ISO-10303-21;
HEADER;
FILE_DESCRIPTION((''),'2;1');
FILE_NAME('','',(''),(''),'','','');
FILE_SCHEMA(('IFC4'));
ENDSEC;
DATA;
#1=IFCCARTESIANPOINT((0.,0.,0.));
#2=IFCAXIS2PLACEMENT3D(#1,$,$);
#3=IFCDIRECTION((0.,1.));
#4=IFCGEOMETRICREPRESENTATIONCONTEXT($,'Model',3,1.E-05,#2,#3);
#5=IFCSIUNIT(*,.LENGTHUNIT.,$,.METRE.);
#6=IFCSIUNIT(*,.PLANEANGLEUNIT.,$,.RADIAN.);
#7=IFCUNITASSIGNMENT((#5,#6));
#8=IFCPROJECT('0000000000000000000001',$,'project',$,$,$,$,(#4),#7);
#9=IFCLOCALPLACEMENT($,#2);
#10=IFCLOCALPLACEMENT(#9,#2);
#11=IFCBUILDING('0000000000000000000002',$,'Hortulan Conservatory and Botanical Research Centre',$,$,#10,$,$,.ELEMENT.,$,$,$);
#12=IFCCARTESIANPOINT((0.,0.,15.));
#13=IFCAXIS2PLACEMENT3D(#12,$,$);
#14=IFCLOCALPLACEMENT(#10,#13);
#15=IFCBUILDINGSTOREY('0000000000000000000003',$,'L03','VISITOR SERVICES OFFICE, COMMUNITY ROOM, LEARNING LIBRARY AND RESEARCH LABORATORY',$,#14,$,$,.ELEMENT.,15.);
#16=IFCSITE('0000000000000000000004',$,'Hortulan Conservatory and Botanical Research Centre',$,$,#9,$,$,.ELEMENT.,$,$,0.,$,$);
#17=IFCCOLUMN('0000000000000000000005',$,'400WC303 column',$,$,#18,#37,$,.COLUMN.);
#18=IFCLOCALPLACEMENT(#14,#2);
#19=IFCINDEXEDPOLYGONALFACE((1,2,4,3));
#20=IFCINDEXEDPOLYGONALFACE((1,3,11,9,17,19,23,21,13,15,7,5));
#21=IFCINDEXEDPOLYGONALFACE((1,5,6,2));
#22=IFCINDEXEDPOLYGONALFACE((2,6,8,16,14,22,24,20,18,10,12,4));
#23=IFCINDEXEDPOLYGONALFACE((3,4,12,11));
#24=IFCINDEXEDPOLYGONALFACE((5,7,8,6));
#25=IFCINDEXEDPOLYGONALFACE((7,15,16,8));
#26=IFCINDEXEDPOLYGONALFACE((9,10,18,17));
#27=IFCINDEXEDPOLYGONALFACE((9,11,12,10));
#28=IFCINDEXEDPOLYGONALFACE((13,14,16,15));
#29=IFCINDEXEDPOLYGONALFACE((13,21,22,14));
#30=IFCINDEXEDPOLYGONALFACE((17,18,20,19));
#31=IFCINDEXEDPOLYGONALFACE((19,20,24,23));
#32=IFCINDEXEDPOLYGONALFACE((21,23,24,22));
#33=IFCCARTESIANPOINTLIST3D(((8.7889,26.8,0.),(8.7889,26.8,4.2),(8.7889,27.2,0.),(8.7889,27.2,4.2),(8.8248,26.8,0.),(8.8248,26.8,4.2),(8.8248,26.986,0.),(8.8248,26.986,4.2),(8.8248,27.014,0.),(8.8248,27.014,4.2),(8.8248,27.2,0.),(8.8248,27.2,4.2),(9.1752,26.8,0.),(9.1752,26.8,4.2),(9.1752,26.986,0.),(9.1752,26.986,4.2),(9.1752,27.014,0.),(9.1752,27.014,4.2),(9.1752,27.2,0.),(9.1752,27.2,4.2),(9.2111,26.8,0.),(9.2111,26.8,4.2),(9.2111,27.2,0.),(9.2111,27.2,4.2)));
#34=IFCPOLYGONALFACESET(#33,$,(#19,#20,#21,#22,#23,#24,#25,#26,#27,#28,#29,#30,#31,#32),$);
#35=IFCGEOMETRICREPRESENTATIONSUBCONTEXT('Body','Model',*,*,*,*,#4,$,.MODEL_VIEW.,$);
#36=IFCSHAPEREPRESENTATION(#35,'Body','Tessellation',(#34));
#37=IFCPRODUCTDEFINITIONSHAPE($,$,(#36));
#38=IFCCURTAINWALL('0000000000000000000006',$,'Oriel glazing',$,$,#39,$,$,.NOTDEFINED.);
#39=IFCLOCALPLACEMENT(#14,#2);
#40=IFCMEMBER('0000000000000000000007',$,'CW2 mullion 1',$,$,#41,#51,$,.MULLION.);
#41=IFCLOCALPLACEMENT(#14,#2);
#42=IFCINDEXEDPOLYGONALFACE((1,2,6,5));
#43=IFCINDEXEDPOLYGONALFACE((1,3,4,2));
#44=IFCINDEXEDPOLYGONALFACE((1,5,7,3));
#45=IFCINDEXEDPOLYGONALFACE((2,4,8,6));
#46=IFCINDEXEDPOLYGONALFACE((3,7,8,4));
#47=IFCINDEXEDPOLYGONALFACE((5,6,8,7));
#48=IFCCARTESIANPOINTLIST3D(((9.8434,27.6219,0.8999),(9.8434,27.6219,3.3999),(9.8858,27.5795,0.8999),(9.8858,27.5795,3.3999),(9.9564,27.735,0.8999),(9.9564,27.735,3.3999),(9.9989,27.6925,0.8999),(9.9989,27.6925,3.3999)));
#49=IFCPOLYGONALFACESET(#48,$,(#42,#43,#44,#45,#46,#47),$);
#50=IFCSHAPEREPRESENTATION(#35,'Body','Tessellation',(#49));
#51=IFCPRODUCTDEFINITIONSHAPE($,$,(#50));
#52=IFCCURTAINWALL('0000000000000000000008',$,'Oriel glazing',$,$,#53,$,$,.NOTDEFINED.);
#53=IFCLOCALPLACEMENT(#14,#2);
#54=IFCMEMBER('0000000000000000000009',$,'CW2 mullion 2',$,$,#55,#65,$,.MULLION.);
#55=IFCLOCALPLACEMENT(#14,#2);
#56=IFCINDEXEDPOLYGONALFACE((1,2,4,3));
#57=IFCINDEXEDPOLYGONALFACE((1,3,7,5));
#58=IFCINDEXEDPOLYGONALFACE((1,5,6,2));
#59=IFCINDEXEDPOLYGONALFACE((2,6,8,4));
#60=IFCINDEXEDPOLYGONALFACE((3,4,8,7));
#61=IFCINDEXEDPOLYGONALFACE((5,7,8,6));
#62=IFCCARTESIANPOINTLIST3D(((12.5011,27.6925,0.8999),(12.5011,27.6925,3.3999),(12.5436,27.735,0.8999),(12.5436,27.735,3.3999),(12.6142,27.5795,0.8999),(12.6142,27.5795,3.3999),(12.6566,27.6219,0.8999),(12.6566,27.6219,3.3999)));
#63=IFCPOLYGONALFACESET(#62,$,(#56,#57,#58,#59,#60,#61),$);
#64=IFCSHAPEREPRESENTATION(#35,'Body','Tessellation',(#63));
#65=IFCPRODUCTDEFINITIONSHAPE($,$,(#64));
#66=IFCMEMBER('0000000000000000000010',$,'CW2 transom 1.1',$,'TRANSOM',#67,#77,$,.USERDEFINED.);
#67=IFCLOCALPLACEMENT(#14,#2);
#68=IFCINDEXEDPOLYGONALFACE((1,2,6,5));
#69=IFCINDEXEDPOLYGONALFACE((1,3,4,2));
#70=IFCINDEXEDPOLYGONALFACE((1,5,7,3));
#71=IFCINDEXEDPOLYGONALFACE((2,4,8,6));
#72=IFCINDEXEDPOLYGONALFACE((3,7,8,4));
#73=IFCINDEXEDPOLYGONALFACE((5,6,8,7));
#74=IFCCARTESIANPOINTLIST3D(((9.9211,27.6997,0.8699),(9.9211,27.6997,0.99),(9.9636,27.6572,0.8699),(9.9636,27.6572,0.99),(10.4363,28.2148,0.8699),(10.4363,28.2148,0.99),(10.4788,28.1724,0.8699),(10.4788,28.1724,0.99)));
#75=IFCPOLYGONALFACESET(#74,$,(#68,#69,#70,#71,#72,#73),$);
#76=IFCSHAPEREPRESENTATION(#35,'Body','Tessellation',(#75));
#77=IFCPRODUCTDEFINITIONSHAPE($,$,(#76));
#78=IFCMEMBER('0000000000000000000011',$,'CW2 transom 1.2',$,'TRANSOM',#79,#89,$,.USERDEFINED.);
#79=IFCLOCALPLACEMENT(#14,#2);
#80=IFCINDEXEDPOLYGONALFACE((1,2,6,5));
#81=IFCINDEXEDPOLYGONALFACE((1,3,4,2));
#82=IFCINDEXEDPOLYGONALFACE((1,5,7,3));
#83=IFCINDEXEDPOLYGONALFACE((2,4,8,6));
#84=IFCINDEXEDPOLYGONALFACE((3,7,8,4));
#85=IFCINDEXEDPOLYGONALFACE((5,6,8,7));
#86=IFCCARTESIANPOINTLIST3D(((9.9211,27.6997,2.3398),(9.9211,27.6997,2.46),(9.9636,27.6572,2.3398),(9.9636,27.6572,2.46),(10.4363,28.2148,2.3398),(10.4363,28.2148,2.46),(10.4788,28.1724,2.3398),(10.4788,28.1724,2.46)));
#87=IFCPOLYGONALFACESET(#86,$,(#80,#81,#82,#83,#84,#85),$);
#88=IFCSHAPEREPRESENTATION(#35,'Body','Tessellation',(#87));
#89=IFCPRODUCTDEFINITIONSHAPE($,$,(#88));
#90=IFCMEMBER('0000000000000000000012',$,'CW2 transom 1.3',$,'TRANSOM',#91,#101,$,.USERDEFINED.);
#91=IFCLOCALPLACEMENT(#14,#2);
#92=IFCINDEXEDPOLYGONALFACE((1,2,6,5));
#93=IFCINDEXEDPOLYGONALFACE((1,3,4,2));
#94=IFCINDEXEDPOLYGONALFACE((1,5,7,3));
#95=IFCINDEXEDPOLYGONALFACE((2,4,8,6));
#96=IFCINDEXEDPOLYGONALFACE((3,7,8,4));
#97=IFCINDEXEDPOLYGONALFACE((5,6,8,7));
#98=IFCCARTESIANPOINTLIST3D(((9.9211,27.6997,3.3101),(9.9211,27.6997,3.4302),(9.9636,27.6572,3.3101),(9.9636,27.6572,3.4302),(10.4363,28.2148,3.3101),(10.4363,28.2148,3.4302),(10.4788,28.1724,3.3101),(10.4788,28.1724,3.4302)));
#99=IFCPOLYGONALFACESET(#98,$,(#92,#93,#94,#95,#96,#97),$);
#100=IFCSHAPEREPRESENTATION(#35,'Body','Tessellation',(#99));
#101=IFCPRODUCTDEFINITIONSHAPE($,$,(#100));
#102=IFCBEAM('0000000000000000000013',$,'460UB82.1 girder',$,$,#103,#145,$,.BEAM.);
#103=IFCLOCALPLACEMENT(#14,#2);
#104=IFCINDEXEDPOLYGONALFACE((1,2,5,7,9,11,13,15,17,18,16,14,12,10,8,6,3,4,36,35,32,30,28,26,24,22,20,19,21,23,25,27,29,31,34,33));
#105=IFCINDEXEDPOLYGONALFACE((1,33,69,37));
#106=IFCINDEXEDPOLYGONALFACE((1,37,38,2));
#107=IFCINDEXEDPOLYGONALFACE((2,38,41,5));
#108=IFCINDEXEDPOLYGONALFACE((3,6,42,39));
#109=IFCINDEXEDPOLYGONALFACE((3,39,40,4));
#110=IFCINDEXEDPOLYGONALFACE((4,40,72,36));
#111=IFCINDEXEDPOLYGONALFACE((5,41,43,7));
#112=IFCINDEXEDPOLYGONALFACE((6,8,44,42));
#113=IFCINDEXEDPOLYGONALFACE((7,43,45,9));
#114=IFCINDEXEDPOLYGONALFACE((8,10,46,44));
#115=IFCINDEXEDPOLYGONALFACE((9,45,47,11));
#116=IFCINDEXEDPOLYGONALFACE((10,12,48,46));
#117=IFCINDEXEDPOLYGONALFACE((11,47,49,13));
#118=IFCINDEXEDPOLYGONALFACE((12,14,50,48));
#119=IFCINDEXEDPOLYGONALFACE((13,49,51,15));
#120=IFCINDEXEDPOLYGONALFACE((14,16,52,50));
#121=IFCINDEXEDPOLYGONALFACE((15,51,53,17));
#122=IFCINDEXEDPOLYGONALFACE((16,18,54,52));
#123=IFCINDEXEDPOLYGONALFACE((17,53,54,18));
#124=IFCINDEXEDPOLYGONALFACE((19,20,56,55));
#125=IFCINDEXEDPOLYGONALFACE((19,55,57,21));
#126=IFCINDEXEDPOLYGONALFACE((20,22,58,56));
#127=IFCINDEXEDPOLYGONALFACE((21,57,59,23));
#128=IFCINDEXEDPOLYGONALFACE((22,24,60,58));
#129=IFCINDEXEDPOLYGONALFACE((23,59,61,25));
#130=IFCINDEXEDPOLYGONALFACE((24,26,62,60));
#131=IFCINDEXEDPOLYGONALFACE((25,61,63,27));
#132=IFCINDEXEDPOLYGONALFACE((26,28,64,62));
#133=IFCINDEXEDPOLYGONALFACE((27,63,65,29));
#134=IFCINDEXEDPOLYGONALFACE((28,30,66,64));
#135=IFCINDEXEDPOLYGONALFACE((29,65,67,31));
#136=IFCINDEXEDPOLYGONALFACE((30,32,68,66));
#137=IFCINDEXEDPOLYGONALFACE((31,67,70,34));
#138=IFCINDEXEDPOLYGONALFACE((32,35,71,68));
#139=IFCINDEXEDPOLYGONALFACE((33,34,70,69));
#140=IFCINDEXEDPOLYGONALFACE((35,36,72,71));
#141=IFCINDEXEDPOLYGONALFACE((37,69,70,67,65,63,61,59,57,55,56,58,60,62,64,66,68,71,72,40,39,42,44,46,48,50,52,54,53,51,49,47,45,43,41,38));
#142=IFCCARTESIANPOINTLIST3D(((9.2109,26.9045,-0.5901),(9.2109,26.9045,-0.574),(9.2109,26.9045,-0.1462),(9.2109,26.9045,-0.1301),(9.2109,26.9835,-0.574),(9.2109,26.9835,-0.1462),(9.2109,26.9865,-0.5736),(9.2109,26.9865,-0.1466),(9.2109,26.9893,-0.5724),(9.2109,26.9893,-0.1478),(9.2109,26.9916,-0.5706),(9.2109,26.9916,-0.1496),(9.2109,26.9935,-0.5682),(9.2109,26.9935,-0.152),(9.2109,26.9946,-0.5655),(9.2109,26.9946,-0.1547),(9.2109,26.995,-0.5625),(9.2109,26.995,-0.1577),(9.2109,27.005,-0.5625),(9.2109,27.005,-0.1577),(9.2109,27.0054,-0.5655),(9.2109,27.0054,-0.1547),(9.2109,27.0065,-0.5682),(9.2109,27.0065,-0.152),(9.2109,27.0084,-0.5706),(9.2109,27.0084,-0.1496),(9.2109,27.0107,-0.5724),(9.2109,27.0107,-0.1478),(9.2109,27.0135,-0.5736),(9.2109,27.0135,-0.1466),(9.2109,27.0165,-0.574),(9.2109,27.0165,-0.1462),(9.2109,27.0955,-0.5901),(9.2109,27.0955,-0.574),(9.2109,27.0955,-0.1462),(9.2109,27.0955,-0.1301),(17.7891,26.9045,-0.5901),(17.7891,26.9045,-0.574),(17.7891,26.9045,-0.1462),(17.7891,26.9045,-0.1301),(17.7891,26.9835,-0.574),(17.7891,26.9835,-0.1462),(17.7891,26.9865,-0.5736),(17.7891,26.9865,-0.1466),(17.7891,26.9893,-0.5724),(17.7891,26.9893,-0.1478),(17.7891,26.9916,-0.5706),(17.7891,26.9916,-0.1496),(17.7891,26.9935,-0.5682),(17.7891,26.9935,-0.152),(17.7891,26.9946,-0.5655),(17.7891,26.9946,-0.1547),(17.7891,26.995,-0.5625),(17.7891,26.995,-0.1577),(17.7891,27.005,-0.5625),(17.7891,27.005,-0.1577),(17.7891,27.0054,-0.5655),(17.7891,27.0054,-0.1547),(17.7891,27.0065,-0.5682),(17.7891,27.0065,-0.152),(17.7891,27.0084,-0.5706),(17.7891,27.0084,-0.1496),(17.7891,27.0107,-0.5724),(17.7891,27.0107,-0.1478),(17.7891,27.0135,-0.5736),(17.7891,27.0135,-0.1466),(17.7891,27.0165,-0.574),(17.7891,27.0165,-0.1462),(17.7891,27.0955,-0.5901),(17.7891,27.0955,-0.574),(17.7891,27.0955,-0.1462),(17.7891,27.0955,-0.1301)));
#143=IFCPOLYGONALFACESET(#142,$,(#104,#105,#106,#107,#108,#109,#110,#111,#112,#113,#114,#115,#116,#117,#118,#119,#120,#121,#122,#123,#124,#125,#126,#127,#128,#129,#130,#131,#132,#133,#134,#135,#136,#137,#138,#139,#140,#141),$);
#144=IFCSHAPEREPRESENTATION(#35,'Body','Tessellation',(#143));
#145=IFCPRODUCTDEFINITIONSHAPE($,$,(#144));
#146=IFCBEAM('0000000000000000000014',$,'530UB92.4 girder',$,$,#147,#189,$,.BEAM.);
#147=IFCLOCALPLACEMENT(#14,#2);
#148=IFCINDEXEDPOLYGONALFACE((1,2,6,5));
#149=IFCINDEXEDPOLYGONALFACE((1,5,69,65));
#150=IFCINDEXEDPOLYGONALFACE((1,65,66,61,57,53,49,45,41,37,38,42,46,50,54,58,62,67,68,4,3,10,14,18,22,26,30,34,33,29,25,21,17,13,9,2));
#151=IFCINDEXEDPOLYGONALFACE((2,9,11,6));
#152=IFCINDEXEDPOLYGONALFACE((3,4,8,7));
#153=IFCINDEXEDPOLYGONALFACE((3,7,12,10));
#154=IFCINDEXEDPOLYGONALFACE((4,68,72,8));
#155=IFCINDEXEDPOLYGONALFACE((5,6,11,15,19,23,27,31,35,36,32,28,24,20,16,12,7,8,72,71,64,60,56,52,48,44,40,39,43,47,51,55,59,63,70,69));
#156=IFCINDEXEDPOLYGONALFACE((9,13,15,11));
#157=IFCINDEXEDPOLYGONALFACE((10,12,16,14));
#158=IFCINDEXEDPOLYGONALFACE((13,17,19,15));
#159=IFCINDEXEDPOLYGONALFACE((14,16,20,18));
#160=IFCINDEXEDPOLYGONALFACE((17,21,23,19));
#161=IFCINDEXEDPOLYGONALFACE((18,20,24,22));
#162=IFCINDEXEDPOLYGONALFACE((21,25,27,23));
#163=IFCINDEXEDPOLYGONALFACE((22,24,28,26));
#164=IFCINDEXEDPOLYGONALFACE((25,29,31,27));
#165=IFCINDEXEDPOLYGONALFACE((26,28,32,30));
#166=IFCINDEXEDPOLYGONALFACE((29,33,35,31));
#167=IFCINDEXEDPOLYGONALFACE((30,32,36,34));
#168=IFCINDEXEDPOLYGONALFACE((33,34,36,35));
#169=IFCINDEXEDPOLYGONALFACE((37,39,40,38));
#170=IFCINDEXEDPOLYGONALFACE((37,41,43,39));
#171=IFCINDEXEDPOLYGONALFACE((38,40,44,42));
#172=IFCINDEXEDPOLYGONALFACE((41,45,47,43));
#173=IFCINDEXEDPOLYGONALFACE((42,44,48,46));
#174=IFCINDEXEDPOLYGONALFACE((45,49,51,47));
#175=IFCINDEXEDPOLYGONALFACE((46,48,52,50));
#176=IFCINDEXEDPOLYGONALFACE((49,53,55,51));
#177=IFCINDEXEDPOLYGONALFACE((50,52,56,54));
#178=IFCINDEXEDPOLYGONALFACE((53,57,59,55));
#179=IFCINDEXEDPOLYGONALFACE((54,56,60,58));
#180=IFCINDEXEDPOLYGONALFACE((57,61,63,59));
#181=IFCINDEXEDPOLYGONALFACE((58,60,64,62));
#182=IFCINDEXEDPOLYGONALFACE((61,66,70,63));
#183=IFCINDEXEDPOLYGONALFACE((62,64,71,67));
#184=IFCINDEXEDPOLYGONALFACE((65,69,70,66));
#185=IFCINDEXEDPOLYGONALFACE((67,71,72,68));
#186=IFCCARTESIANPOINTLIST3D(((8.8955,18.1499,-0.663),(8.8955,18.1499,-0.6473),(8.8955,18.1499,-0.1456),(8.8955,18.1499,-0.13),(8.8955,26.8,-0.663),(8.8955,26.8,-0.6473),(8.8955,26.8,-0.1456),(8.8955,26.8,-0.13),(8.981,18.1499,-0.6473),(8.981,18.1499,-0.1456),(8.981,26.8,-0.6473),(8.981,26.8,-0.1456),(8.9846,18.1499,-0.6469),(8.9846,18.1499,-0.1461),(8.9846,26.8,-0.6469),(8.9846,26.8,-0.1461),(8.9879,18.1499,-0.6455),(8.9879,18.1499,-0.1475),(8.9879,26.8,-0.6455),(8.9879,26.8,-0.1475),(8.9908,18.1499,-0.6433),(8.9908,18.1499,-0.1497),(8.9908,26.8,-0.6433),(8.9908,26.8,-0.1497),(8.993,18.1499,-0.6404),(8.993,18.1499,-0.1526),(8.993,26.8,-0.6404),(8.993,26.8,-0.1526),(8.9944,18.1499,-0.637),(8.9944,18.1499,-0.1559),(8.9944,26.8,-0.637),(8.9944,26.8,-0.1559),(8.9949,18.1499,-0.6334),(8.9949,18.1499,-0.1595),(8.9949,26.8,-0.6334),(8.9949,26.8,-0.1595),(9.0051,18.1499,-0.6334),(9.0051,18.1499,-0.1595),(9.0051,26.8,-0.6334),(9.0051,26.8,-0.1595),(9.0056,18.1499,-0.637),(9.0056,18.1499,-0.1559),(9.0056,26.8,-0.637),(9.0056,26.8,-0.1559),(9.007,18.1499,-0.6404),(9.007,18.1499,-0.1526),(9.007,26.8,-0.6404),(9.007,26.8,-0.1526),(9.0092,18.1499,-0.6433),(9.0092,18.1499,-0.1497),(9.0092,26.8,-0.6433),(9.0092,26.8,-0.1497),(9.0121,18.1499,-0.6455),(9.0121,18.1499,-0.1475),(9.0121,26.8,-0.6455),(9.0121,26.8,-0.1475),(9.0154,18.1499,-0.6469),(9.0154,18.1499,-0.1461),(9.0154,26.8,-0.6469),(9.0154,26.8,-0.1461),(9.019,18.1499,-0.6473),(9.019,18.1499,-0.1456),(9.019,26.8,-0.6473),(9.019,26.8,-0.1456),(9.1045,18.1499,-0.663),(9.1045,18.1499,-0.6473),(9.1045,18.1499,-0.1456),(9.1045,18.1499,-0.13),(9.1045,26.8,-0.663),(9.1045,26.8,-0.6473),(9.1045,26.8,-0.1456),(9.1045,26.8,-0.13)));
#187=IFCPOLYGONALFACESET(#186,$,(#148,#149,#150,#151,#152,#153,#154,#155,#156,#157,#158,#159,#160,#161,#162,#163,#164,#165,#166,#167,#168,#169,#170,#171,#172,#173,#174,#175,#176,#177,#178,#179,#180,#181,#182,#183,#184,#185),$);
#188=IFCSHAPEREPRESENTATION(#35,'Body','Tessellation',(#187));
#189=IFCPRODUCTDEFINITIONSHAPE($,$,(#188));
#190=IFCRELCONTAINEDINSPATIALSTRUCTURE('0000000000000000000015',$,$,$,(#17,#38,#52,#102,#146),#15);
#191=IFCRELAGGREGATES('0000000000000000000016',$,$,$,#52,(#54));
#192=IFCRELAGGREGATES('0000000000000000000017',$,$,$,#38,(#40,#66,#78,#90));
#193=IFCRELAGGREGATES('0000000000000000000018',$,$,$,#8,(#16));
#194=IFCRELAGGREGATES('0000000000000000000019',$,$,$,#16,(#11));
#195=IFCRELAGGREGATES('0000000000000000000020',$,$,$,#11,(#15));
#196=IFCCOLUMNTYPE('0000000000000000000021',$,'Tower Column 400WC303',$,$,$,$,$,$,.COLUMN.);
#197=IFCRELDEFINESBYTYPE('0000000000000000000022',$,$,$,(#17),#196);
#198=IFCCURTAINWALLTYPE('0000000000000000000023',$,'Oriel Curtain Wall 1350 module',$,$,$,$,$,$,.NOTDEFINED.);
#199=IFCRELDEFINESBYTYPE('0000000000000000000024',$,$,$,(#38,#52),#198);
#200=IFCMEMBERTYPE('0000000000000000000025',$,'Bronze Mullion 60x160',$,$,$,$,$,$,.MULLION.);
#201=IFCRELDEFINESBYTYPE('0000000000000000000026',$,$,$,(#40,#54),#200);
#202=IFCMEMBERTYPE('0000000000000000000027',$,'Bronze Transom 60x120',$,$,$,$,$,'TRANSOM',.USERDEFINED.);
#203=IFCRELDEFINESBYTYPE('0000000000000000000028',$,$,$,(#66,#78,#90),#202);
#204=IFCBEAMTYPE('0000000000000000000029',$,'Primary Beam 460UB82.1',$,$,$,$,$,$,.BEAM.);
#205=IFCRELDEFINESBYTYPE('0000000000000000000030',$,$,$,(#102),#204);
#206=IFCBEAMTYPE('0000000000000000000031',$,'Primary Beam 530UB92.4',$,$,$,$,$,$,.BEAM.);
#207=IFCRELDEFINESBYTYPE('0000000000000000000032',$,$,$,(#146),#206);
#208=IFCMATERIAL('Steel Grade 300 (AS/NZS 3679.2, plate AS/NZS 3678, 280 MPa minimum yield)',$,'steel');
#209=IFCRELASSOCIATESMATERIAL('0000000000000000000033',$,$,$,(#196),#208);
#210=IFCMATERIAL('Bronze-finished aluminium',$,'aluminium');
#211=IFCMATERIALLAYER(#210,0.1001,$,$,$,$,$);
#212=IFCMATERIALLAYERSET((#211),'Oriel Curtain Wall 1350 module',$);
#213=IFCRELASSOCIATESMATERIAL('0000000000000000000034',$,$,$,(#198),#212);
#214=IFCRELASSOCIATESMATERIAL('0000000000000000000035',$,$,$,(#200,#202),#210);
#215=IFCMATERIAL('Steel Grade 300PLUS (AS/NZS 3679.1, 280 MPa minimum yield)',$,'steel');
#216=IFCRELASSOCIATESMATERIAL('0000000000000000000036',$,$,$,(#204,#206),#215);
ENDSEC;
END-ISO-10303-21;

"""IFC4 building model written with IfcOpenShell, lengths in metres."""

from ifc_helpers import new_model, si_unit, direction, frame, origin, origin_2d, place, context, subcontext, project, spatial, rectangle, i_section, extrude, material, layer, layer_set, material_profile, profile_set, type_object, element, aggregate, save


model = new_model("IFC4")

# Units and contexts
model_context = context("Model", 3, precision=1e-05, world=origin(), true_north=direction((0.0, 1.0)))
body_context = subcontext(model_context, "Body", "Model", "MODEL_VIEW")
ifc_project = project(units=[si_unit("LENGTHUNIT", "METRE"), si_unit("PLANEANGLEUNIT", "RADIAN")], contexts=[model_context])

# Site, building, storey
site_placement = place(None, origin())
site = spatial("IfcSite", under=ifc_project, at=site_placement, Name="Hortulan Conservatory and Botanical Research Centre", CompositionType="ELEMENT", RefElevation=0.0)
building_placement = place(site_placement, origin())
building = spatial("IfcBuilding", under=site, at=building_placement, Name="Hortulan Conservatory and Botanical Research Centre", CompositionType="ELEMENT")
storey_placement = place(building_placement, frame((0.0, 0.0, 15.0)))
storey = spatial("IfcBuildingStorey", under=building, at=storey_placement, Name="L03", Description="VISITOR SERVICES OFFICE, COMMUNITY ROOM, LEARNING LIBRARY AND RESEARCH LABORATORY", CompositionType="ELEMENT", Elevation=15.0)

# Column
ifc_material_1 = material(Name="Steel Grade 300 (AS/NZS 3679.2, plate AS/NZS 3678, 280 MPa minimum yield)", Category="steel")
ifc_material_profile_1 = material_profile(ifc_material_1, i_section(OverallWidth=0.3999, OverallDepth=0.4221, WebThickness=0.0281, FlangeThickness=0.0359, at=origin_2d()), Name="400WC303")
ifc_profile_set_1 = profile_set([ifc_material_profile_1], Name="Steel Grade 300 (AS/NZS 3679.2, plate AS/NZS 3678, 280 MPa minimum yield)")
column_type = type_object("IfcColumnType", Name="Tower Column 400WC303", PredefinedType="COLUMN", material=ifc_profile_set_1)
column_placement = place(storey_placement, frame((9.0, 27.0, 0.0), z_axis=(0.0, 0.0, 1.0), x_axis=(0.0, 1.0, 0.0)))
element("IfcColumn", 1, at=column_placement, inside=storey, type_object=column_type, Name="400WC303 column", PredefinedType="COLUMN", context=body_context, shape_type="SweptSolid", body=[
    extrude(i_section(OverallWidth=0.3999, OverallDepth=0.4221, WebThickness=0.0281, FlangeThickness=0.0359, at=origin_2d()), origin(), (0.0, 0.0, 1.0), 4.2),
])

# Curtain walls, members
ifc_material_2 = material(Name="Bronze-finished aluminium", Category="aluminium")
ifc_layer_1 = layer(ifc_material_2, 0.1001)
ifc_layer_set_1 = layer_set([ifc_layer_1], Name="Oriel Curtain Wall 1350 module")
curtain_wall_type = type_object("IfcCurtainWallType", Name="Oriel Curtain Wall 1350 module", PredefinedType="NOTDEFINED", material=ifc_layer_set_1)
curtain_wall_1_placement = place(storey_placement, origin())
curtain_wall_1 = element("IfcCurtainWall", 2, at=curtain_wall_1_placement, inside=storey, type_object=curtain_wall_type, Name="Oriel glazing", PredefinedType="NOTDEFINED")
ifc_material_profile_2 = material_profile(ifc_material_2, rectangle(XDim=0.0601, YDim=0.1599, at=origin_2d()), Name="Bronze Mullion 60x160")
ifc_profile_set_2 = profile_set([ifc_material_profile_2], Name="Bronze-finished aluminium")
member_type_1 = type_object("IfcMemberType", Name="Bronze Mullion 60x160", PredefinedType="MULLION", material=ifc_profile_set_2)
member_1_placement = place(storey_placement, frame((9.9211, 27.6572, 0.8999), z_axis=(0.0, 0.0, 1.0), x_axis=(-0.707107, 0.707107, 0.0)))
member_1 = element("IfcMember", 3, at=member_1_placement, type_object=member_type_1, Name="CW2 mullion 1", PredefinedType="MULLION", context=body_context, shape_type="SweptSolid", body=[
    extrude(rectangle(XDim=0.0601, YDim=0.1599, at=origin_2d()), origin(), (0.0, 0.0, 1.0), 2.5),
])
curtain_wall_2_placement = place(storey_placement, origin())
curtain_wall_2 = element("IfcCurtainWall", 4, at=curtain_wall_2_placement, inside=storey, type_object=curtain_wall_type, Name="Oriel glazing", PredefinedType="NOTDEFINED")
member_2_placement = place(storey_placement, frame((12.5789, 27.6572, 0.8999), z_axis=(0.0, 0.0, 1.0), x_axis=(0.707107, 0.707107, 0.0)))
member_2 = element("IfcMember", 5, at=member_2_placement, type_object=member_type_1, Name="CW2 mullion 2", PredefinedType="MULLION", context=body_context, shape_type="SweptSolid", body=[
    extrude(rectangle(XDim=0.0601, YDim=0.1599, at=origin_2d()), origin(), (0.0, 0.0, 1.0), 2.5),
])
aggregate(curtain_wall_2, [member_2])

# Members
ifc_material_profile_3 = material_profile(ifc_material_2, rectangle(XDim=0.0601, YDim=0.1201, at=origin_2d()), Name="Bronze Transom 60x120")
ifc_profile_set_3 = profile_set([ifc_material_profile_3], Name="Bronze-finished aluminium")
member_type_2 = type_object("IfcMemberType", Name="Bronze Transom 60x120", ElementType="TRANSOM", PredefinedType="USERDEFINED", material=ifc_profile_set_3)
member_3_placement = place(storey_placement, frame((9.9424, 27.6785, 0.9299), z_axis=(0.707107, 0.707107, 0.0), x_axis=(-0.707107, 0.707107, 0.0)))
member_3 = element("IfcMember", 6, at=member_3_placement, type_object=member_type_2, Name="CW2 transom 1.1", ObjectType="TRANSOM", PredefinedType="USERDEFINED", context=body_context, shape_type="SweptSolid", body=[
    extrude(rectangle(XDim=0.0601, YDim=0.1201, at=origin_2d()), origin(), (0.0, 0.0, 1.0), 0.7285),
])
member_4_placement = place(storey_placement, frame((9.9424, 27.6785, 2.3999), z_axis=(0.707107, 0.707107, 0.0), x_axis=(-0.707107, 0.707107, 0.0)))
member_4 = element("IfcMember", 7, at=member_4_placement, type_object=member_type_2, Name="CW2 transom 1.2", ObjectType="TRANSOM", PredefinedType="USERDEFINED", context=body_context, shape_type="SweptSolid", body=[
    extrude(rectangle(XDim=0.0601, YDim=0.1201, at=origin_2d()), origin(), (0.0, 0.0, 1.0), 0.7285),
])
member_5_placement = place(storey_placement, frame((9.9424, 27.6785, 3.3701), z_axis=(0.707107, 0.707107, 0.0), x_axis=(-0.707107, 0.707107, 0.0)))
member_5 = element("IfcMember", 8, at=member_5_placement, type_object=member_type_2, Name="CW2 transom 1.3", ObjectType="TRANSOM", PredefinedType="USERDEFINED", context=body_context, shape_type="SweptSolid", body=[
    extrude(rectangle(XDim=0.0601, YDim=0.1201, at=origin_2d()), origin(), (0.0, 0.0, 1.0), 0.7285),
])
aggregate(curtain_wall_1, [member_1, member_3, member_4, member_5])

# Beams
ifc_material_3 = material(Name="Steel Grade 300PLUS (AS/NZS 3679.1, 280 MPa minimum yield)", Category="steel")
ifc_material_profile_4 = material_profile(ifc_material_3, i_section(OverallWidth=0.1909, OverallDepth=0.46, WebThickness=0.01, FlangeThickness=0.0161, FilletRadius=0.0115, at=origin_2d()), Name="460UB82.1")
ifc_profile_set_4 = profile_set([ifc_material_profile_4], Name="Steel Grade 300PLUS (AS/NZS 3679.1, 280 MPa minimum yield)")
beam_type_1 = type_object("IfcBeamType", Name="Primary Beam 460UB82.1", PredefinedType="BEAM", material=ifc_profile_set_4)
beam_1_placement = place(storey_placement, frame((9.2109, 27.0, -0.3601), z_axis=(1.0, 0.0, 0.0), x_axis=(0.0, 1.0, 0.0)))
element("IfcBeam", 9, at=beam_1_placement, inside=storey, type_object=beam_type_1, Name="460UB82.1 girder", PredefinedType="BEAM", context=body_context, shape_type="SweptSolid", body=[
    extrude(i_section(OverallWidth=0.1909, OverallDepth=0.46, WebThickness=0.01, FlangeThickness=0.0161, FilletRadius=0.0115, at=origin_2d()), origin(), (0.0, 0.0, 1.0), 8.5781),
])
ifc_material_profile_5 = material_profile(ifc_material_3, i_section(OverallWidth=0.209, OverallDepth=0.533, WebThickness=0.0103, FlangeThickness=0.0156, FilletRadius=0.0139, at=origin_2d()), Name="530UB92.4")
ifc_profile_set_5 = profile_set([ifc_material_profile_5], Name="Steel Grade 300PLUS (AS/NZS 3679.1, 280 MPa minimum yield)")
beam_type_2 = type_object("IfcBeamType", Name="Primary Beam 530UB92.4", PredefinedType="BEAM", material=ifc_profile_set_5)
beam_2_placement = place(storey_placement, frame((9.0, 18.1499, -0.3965), z_axis=(0.0, 1.0, 0.0), x_axis=(-1.0, 0.0, 0.0)))
element("IfcBeam", 10, at=beam_2_placement, inside=storey, type_object=beam_type_2, Name="530UB92.4 girder", PredefinedType="BEAM", context=body_context, shape_type="SweptSolid", body=[
    extrude(i_section(OverallWidth=0.209, OverallDepth=0.533, WebThickness=0.0103, FlangeThickness=0.0156, FilletRadius=0.0139, at=origin_2d()), origin(), (0.0, 0.0, 1.0), 8.6501),
])

save(model, "model.ifc")
